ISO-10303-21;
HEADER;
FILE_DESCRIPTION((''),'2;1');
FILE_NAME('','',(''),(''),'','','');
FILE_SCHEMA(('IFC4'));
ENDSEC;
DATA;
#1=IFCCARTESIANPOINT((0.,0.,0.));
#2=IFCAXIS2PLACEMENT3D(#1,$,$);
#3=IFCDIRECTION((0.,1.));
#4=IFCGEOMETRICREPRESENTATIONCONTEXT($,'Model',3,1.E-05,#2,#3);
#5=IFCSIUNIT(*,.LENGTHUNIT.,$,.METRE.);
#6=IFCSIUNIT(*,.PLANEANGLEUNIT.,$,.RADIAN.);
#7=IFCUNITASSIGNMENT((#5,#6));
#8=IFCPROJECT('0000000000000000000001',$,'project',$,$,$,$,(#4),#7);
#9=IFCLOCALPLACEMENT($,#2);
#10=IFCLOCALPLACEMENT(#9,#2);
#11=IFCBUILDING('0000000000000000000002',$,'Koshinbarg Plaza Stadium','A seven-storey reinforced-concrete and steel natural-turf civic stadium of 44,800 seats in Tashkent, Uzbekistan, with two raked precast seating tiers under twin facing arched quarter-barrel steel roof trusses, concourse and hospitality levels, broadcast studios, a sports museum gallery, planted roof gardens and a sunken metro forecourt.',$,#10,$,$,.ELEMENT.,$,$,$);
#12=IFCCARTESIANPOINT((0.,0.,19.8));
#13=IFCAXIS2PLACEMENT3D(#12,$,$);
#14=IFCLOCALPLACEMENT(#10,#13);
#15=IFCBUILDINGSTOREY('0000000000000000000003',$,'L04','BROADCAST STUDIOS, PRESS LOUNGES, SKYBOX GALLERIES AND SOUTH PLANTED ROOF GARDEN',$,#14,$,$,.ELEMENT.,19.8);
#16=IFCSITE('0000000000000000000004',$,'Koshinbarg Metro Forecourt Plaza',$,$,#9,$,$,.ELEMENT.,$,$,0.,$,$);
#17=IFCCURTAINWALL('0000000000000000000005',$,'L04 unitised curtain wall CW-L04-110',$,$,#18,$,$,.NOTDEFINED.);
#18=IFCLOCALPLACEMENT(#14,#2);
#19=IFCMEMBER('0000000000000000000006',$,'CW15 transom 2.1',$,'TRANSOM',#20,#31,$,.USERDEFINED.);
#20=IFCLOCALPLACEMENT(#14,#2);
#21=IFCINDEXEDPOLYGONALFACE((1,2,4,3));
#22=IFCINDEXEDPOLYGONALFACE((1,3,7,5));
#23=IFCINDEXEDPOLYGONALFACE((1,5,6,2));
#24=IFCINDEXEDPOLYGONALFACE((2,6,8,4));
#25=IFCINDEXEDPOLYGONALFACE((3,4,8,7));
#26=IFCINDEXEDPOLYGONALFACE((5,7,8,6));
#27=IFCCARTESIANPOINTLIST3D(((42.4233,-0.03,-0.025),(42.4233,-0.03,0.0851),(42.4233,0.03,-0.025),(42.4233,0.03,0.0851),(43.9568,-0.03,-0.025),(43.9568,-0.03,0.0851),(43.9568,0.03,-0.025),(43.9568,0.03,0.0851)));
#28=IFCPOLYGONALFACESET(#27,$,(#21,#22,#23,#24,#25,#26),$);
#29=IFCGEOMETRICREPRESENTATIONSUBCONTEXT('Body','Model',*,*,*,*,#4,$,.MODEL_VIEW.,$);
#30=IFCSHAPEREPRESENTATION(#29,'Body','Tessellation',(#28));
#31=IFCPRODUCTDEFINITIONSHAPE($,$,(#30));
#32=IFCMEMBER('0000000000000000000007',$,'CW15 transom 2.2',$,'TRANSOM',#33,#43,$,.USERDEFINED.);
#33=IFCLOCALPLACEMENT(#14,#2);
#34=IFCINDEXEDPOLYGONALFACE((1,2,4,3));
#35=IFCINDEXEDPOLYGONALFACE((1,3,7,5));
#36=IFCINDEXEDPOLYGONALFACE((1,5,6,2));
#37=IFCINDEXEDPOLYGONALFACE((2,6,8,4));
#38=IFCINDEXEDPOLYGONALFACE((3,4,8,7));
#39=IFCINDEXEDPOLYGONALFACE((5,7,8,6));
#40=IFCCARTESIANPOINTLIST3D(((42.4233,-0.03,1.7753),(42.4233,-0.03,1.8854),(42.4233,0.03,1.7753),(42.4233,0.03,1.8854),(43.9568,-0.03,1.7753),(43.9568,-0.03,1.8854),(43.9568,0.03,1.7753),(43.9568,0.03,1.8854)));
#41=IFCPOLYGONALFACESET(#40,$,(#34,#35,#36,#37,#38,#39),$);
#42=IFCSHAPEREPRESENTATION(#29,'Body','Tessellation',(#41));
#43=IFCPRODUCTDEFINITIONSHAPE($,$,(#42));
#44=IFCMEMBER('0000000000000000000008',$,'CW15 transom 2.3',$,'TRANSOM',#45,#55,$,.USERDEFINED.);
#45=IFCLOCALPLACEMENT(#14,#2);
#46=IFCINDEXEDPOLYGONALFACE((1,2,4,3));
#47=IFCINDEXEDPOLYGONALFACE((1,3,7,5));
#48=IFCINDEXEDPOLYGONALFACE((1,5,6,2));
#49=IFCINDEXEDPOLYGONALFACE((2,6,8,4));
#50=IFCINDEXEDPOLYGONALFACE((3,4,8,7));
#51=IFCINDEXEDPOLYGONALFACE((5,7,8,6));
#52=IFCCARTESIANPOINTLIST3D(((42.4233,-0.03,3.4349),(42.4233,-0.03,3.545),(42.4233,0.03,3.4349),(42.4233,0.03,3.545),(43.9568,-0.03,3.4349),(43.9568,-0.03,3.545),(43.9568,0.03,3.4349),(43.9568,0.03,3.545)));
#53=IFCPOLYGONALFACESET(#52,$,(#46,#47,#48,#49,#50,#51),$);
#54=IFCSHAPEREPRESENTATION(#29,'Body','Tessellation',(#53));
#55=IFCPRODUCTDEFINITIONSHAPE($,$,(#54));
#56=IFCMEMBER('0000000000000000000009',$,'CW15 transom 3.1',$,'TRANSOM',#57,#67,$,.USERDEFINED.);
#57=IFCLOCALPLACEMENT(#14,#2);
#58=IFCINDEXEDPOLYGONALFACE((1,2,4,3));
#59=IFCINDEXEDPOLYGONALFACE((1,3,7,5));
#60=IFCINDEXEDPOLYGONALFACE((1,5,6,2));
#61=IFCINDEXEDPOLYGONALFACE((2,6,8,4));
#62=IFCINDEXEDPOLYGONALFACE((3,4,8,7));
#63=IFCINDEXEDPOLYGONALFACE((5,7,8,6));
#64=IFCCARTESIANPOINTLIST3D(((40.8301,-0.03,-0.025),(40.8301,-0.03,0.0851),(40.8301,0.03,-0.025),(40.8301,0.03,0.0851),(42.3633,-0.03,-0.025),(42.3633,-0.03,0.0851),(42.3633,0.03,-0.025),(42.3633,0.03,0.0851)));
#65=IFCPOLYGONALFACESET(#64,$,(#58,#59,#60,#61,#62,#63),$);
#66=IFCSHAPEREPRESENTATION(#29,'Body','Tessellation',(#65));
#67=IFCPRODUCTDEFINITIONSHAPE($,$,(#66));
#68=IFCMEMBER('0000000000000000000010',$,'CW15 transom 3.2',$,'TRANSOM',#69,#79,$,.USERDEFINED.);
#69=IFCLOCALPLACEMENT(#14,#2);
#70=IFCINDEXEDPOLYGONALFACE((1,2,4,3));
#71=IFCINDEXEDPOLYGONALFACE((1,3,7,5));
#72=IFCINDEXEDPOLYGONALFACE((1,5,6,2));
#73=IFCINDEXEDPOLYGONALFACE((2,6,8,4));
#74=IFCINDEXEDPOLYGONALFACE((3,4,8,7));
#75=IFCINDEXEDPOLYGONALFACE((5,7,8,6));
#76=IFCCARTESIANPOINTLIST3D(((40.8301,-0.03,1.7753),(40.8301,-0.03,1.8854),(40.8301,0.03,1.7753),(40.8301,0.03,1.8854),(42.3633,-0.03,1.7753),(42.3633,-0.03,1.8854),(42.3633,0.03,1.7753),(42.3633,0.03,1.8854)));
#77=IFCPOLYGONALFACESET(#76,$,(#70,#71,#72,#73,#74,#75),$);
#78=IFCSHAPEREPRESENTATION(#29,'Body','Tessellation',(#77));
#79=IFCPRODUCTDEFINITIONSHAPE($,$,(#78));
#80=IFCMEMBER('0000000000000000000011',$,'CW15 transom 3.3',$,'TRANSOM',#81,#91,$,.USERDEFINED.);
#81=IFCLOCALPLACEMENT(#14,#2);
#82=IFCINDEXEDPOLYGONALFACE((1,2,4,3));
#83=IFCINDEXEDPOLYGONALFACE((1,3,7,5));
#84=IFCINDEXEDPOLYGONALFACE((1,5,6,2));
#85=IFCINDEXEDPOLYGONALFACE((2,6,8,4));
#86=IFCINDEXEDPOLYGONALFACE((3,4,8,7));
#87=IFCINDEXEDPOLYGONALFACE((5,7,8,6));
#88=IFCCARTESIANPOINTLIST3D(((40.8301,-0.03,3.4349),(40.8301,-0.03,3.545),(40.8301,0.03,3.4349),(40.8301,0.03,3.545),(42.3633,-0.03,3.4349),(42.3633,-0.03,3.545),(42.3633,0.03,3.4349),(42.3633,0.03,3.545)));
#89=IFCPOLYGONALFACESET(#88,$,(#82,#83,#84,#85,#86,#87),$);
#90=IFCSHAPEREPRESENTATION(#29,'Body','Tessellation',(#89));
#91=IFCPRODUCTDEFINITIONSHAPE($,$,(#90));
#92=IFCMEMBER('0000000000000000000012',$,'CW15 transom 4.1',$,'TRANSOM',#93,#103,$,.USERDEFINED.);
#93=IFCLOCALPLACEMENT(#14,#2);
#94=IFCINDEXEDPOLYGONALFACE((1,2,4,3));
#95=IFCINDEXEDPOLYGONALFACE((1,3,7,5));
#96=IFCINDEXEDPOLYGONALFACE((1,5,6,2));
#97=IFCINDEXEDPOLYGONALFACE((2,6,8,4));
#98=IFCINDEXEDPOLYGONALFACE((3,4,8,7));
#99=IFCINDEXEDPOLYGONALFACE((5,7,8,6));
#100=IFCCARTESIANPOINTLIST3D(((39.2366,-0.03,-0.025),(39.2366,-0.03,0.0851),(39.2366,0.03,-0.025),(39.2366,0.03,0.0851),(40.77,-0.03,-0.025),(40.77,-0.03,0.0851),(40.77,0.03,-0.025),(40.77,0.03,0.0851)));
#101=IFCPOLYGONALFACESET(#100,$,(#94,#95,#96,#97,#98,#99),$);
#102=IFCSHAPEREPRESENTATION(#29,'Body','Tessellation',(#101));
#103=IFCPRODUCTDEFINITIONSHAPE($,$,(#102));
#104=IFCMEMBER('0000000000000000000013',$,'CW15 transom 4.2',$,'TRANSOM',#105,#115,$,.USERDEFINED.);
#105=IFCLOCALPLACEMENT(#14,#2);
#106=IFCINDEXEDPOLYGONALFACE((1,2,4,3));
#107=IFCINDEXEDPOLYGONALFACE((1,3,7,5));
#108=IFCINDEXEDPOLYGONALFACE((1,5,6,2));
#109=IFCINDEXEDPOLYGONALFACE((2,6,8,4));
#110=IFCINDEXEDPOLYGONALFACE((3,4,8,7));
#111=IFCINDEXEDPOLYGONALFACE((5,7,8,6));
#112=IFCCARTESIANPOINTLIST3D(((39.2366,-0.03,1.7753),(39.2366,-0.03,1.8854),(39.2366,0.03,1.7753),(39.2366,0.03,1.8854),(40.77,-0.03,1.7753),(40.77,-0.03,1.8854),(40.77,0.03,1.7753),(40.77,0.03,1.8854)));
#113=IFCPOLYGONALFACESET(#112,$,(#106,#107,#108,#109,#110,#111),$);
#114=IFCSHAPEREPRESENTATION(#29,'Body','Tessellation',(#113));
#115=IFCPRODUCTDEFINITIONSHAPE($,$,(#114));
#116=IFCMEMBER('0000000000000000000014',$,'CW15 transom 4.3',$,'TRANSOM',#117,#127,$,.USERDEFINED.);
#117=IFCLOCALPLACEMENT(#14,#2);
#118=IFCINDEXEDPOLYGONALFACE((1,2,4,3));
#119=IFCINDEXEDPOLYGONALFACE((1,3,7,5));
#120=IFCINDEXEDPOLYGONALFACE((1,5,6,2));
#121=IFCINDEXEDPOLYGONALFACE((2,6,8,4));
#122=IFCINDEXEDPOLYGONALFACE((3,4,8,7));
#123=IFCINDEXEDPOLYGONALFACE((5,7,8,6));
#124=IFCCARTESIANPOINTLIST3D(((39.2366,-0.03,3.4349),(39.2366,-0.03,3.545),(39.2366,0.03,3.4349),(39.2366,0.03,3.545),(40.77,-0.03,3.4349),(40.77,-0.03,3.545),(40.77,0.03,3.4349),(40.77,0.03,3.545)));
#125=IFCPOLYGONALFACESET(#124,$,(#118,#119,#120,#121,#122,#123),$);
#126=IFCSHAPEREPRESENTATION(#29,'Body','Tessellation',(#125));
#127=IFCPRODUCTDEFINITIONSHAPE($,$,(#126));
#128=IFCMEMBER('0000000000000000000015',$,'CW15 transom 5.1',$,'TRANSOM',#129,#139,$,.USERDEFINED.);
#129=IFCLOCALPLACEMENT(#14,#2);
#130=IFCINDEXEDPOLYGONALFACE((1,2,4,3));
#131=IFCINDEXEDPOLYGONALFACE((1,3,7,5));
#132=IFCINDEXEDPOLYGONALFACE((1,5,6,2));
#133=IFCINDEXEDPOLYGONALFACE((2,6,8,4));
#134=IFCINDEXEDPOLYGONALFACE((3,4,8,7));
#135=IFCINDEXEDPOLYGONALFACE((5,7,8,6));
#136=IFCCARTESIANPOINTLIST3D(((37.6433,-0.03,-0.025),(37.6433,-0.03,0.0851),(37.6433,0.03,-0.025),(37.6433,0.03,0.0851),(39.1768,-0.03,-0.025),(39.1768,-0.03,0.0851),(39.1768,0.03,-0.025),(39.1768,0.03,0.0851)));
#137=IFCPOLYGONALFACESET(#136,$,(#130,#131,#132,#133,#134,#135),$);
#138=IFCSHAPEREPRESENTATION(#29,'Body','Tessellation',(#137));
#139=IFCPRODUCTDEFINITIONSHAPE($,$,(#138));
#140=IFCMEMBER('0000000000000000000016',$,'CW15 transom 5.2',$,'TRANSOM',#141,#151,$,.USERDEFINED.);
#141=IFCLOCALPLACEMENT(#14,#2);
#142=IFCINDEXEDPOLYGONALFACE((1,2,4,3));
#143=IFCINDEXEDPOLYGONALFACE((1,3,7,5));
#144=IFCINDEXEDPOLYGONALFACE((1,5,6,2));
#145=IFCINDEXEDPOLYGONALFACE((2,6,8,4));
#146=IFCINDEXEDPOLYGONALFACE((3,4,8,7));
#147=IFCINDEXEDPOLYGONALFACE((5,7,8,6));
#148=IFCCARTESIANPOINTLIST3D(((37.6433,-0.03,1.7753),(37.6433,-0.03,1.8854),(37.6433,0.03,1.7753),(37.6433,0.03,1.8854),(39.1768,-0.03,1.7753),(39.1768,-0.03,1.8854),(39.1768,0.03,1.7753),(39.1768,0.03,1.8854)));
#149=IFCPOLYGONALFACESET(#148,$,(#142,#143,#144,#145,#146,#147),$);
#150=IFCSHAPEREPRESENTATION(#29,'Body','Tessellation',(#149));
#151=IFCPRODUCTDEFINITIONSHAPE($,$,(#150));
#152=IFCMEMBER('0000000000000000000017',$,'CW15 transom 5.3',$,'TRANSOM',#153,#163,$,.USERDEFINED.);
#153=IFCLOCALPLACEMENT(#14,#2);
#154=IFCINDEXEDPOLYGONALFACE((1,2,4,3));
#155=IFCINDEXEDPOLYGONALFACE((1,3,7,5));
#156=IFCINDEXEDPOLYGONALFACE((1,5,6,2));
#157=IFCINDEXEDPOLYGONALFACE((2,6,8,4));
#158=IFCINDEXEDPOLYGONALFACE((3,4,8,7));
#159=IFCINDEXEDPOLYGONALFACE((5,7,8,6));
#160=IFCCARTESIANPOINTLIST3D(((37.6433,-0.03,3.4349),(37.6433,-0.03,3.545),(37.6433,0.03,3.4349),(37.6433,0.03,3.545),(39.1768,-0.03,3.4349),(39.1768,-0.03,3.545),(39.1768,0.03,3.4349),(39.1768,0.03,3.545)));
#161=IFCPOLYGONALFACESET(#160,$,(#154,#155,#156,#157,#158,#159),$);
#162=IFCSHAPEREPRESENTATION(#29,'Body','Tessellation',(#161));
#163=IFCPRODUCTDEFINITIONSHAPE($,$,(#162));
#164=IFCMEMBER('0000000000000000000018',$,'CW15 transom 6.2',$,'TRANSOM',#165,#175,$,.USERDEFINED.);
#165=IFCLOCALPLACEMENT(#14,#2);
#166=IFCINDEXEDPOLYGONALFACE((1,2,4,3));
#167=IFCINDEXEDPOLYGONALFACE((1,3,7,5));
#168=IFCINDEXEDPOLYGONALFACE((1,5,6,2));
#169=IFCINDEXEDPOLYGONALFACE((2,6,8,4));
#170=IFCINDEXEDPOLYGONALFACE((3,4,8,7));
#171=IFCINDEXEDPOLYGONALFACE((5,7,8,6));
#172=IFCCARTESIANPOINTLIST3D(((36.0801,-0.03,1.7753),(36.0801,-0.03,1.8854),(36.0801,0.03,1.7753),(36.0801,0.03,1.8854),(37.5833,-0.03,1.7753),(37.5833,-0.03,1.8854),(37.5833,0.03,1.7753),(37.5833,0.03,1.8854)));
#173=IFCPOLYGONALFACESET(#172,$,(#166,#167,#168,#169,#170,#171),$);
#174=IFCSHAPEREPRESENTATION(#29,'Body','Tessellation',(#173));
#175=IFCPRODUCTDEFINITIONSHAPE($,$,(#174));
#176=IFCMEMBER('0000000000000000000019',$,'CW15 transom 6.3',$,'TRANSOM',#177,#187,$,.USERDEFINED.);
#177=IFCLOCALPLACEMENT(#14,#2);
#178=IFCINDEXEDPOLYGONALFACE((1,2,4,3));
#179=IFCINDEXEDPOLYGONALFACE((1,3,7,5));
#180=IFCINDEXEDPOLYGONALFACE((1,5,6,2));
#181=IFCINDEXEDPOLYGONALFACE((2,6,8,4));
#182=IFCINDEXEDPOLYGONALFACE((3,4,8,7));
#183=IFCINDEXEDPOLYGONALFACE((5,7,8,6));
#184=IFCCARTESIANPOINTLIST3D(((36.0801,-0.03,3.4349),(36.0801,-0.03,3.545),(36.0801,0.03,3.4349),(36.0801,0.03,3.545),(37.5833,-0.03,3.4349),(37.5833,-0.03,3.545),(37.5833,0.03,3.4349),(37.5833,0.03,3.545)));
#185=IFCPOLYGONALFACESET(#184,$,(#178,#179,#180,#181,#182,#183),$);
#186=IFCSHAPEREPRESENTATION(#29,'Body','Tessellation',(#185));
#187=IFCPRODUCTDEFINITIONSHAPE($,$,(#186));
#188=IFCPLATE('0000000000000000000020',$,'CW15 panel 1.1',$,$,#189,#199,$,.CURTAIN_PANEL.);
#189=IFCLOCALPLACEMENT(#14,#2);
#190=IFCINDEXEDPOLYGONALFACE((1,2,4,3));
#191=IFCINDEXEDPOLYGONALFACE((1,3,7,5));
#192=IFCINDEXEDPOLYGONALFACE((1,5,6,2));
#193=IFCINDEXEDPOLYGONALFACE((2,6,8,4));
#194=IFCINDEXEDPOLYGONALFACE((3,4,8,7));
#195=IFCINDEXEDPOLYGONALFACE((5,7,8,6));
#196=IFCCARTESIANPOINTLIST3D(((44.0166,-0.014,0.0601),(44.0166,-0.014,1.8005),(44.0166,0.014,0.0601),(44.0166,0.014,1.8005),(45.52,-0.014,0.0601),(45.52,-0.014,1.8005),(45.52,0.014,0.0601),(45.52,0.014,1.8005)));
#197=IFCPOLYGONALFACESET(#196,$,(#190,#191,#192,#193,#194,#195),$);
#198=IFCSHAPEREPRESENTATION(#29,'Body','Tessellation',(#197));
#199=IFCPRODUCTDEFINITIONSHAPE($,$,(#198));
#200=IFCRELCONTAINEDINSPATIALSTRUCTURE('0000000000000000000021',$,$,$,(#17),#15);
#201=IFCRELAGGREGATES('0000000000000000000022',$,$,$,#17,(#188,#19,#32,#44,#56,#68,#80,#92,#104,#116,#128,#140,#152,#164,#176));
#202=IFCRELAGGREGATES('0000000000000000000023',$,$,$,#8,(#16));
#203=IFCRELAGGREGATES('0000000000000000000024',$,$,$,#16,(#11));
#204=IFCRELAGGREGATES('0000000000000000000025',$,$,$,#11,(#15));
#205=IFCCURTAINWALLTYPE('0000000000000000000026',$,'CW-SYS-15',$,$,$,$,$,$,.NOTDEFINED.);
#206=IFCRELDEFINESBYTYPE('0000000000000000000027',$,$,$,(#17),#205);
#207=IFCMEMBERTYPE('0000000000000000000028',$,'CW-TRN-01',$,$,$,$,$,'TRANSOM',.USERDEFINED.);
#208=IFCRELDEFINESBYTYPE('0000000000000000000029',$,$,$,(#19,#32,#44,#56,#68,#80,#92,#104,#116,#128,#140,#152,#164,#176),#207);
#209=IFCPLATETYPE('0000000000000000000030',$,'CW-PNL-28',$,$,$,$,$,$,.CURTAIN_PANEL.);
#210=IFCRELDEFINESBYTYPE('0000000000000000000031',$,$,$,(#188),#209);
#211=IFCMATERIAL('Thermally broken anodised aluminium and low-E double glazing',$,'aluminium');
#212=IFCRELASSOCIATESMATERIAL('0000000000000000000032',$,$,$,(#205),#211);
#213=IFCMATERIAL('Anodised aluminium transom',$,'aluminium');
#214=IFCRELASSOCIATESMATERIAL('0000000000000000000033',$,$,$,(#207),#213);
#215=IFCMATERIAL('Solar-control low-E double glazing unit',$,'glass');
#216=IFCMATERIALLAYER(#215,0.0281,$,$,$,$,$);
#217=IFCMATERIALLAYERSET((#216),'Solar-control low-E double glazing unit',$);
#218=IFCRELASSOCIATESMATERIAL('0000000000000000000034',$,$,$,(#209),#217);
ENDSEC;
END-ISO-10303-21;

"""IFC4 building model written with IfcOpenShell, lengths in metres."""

from ifc_helpers import new_model, si_unit, direction, frame, origin, origin_2d, place, context, subcontext, project, spatial, rectangle, extrude, material, layer, layer_set, material_profile, profile_set, type_object, element, aggregate, save


model = new_model("IFC4")

# Units and contexts
model_context = context("Model", 3, precision=1e-05, world=origin(), true_north=direction((0.0, 1.0)))
body_context = subcontext(model_context, "Body", "Model", "MODEL_VIEW")
ifc_project = project(units=[si_unit("LENGTHUNIT", "METRE"), si_unit("PLANEANGLEUNIT", "RADIAN")], contexts=[model_context])

# Site, building, storey
site_placement = place(None, origin())
site = spatial("IfcSite", under=ifc_project, at=site_placement, Name="Koshinbarg Metro Forecourt Plaza", CompositionType="ELEMENT", RefElevation=0.0)
building_placement = place(site_placement, origin())
building = spatial("IfcBuilding", under=site, at=building_placement, Name="Koshinbarg Plaza Stadium", Description="A seven-storey reinforced-concrete and steel natural-turf civic stadium of 44,800 seats in Tashkent, Uzbekistan, with two raked precast seating tiers under twin facing arched quarter-barrel steel roof trusses, concourse and hospitality levels, broadcast studios, a sports museum gallery, planted roof gardens and a sunken metro forecourt.", CompositionType="ELEMENT")
storey_placement = place(building_placement, frame((0.0, 0.0, 19.8)))
storey = spatial("IfcBuildingStorey", under=building, at=storey_placement, Name="L04", Description="BROADCAST STUDIOS, PRESS LOUNGES, SKYBOX GALLERIES AND SOUTH PLANTED ROOF GARDEN", CompositionType="ELEMENT", Elevation=19.8)

# Curtain wall, members, plate
ifc_material_1 = material(Name="Thermally broken anodised aluminium and low-E double glazing", Category="aluminium")
curtain_wall_type = type_object("IfcCurtainWallType", Name="CW-SYS-15", PredefinedType="NOTDEFINED", material=ifc_material_1)
curtain_wall_placement = place(storey_placement, origin())
curtain_wall = element("IfcCurtainWall", 1, at=curtain_wall_placement, inside=storey, type_object=curtain_wall_type, Name="L04 unitised curtain wall CW-L04-110", PredefinedType="NOTDEFINED")
ifc_material_2 = material(Name="Anodised aluminium transom", Category="aluminium")
ifc_material_profile_1 = material_profile(ifc_material_2, rectangle(XDim=0.0601, YDim=0.1101, at=origin_2d()), Name="ALU 60x110")
ifc_profile_set_1 = profile_set([ifc_material_profile_1], Name="Anodised aluminium transom")
member_type_1 = type_object("IfcMemberType", Name="CW-TRN-01", ElementType="TRANSOM", PredefinedType="USERDEFINED", material=ifc_profile_set_1)
member_1_placement = place(storey_placement, frame((43.9568, 0.0, 0.03), z_axis=(-1.0, 0.0, 0.0), x_axis=(0.0, -1.0, 0.0)))
member_1 = element("IfcMember", 2, at=member_1_placement, type_object=member_type_1, Name="CW15 transom 2.1", ObjectType="TRANSOM", PredefinedType="USERDEFINED", context=body_context, shape_type="SweptSolid", body=[
    extrude(rectangle(XDim=0.0601, YDim=0.1101, at=origin_2d()), origin(), (0.0, 0.0, 1.0), 1.5334),
])
member_2_placement = place(storey_placement, frame((43.9568, 0.0, 1.8303), z_axis=(-1.0, 0.0, 0.0), x_axis=(0.0, -1.0, 0.0)))
member_2 = element("IfcMember", 3, at=member_2_placement, type_object=member_type_1, Name="CW15 transom 2.2", ObjectType="TRANSOM", PredefinedType="USERDEFINED", context=body_context, shape_type="SweptSolid", body=[
    extrude(rectangle(XDim=0.0601, YDim=0.1101, at=origin_2d()), origin(), (0.0, 0.0, 1.0), 1.5334),
])
member_3_placement = place(storey_placement, frame((43.9568, 0.0, 3.49), z_axis=(-1.0, 0.0, 0.0), x_axis=(0.0, -1.0, 0.0)))
member_3 = element("IfcMember", 4, at=member_3_placement, type_object=member_type_1, Name="CW15 transom 2.3", ObjectType="TRANSOM", PredefinedType="USERDEFINED", context=body_context, shape_type="SweptSolid", body=[
    extrude(rectangle(XDim=0.0601, YDim=0.1101, at=origin_2d()), origin(), (0.0, 0.0, 1.0), 1.5334),
])
member_4_placement = place(storey_placement, frame((42.3633, 0.0, 0.03), z_axis=(-1.0, 0.0, 0.0), x_axis=(0.0, -1.0, 0.0)))
member_4 = element("IfcMember", 5, at=member_4_placement, type_object=member_type_1, Name="CW15 transom 3.1", ObjectType="TRANSOM", PredefinedType="USERDEFINED", context=body_context, shape_type="SweptSolid", body=[
    extrude(rectangle(XDim=0.0601, YDim=0.1101, at=origin_2d()), origin(), (0.0, 0.0, 1.0), 1.5332),
])
member_5_placement = place(storey_placement, frame((42.3633, 0.0, 1.8303), z_axis=(-1.0, 0.0, 0.0), x_axis=(0.0, -1.0, 0.0)))
member_5 = element("IfcMember", 6, at=member_5_placement, type_object=member_type_1, Name="CW15 transom 3.2", ObjectType="TRANSOM", PredefinedType="USERDEFINED", context=body_context, shape_type="SweptSolid", body=[
    extrude(rectangle(XDim=0.0601, YDim=0.1101, at=origin_2d()), origin(), (0.0, 0.0, 1.0), 1.5332),
])
member_6_placement = place(storey_placement, frame((42.3633, 0.0, 3.49), z_axis=(-1.0, 0.0, 0.0), x_axis=(0.0, -1.0, 0.0)))
member_6 = element("IfcMember", 7, at=member_6_placement, type_object=member_type_1, Name="CW15 transom 3.3", ObjectType="TRANSOM", PredefinedType="USERDEFINED", context=body_context, shape_type="SweptSolid", body=[
    extrude(rectangle(XDim=0.0601, YDim=0.1101, at=origin_2d()), origin(), (0.0, 0.0, 1.0), 1.5332),
])
member_7_placement = place(storey_placement, frame((40.77, 0.0, 0.03), z_axis=(-1.0, 0.0, 0.0), x_axis=(0.0, -1.0, 0.0)))
member_7 = element("IfcMember", 8, at=member_7_placement, type_object=member_type_1, Name="CW15 transom 4.1", ObjectType="TRANSOM", PredefinedType="USERDEFINED", context=body_context, shape_type="SweptSolid", body=[
    extrude(rectangle(XDim=0.0601, YDim=0.1101, at=origin_2d()), origin(), (0.0, 0.0, 1.0), 1.5334),
])
member_8_placement = place(storey_placement, frame((40.77, 0.0, 1.8303), z_axis=(-1.0, 0.0, 0.0), x_axis=(0.0, -1.0, 0.0)))
member_8 = element("IfcMember", 9, at=member_8_placement, type_object=member_type_1, Name="CW15 transom 4.2", ObjectType="TRANSOM", PredefinedType="USERDEFINED", context=body_context, shape_type="SweptSolid", body=[
    extrude(rectangle(XDim=0.0601, YDim=0.1101, at=origin_2d()), origin(), (0.0, 0.0, 1.0), 1.5334),
])
member_9_placement = place(storey_placement, frame((40.77, 0.0, 3.49), z_axis=(-1.0, 0.0, 0.0), x_axis=(0.0, -1.0, 0.0)))
member_9 = element("IfcMember", 10, at=member_9_placement, type_object=member_type_1, Name="CW15 transom 4.3", ObjectType="TRANSOM", PredefinedType="USERDEFINED", context=body_context, shape_type="SweptSolid", body=[
    extrude(rectangle(XDim=0.0601, YDim=0.1101, at=origin_2d()), origin(), (0.0, 0.0, 1.0), 1.5334),
])
member_10_placement = place(storey_placement, frame((39.1768, 0.0, 0.03), z_axis=(-1.0, 0.0, 0.0), x_axis=(0.0, -1.0, 0.0)))
member_10 = element("IfcMember", 11, at=member_10_placement, type_object=member_type_1, Name="CW15 transom 5.1", ObjectType="TRANSOM", PredefinedType="USERDEFINED", context=body_context, shape_type="SweptSolid", body=[
    extrude(rectangle(XDim=0.0601, YDim=0.1101, at=origin_2d()), origin(), (0.0, 0.0, 1.0), 1.5334),
])
member_11_placement = place(storey_placement, frame((39.1768, 0.0, 1.8303), z_axis=(-1.0, 0.0, 0.0), x_axis=(0.0, -1.0, 0.0)))
member_11 = element("IfcMember", 12, at=member_11_placement, type_object=member_type_1, Name="CW15 transom 5.2", ObjectType="TRANSOM", PredefinedType="USERDEFINED", context=body_context, shape_type="SweptSolid", body=[
    extrude(rectangle(XDim=0.0601, YDim=0.1101, at=origin_2d()), origin(), (0.0, 0.0, 1.0), 1.5334),
])
member_12_placement = place(storey_placement, frame((39.1768, 0.0, 3.49), z_axis=(-1.0, 0.0, 0.0), x_axis=(0.0, -1.0, 0.0)))
member_12 = element("IfcMember", 13, at=member_12_placement, type_object=member_type_1, Name="CW15 transom 5.3", ObjectType="TRANSOM", PredefinedType="USERDEFINED", context=body_context, shape_type="SweptSolid", body=[
    extrude(rectangle(XDim=0.0601, YDim=0.1101, at=origin_2d()), origin(), (0.0, 0.0, 1.0), 1.5334),
])
member_13_placement = place(storey_placement, frame((37.5833, 0.0, 1.8303), z_axis=(-1.0, 0.0, 0.0), x_axis=(0.0, -1.0, 0.0)))
member_13 = element("IfcMember", 14, at=member_13_placement, type_object=member_type_1, Name="CW15 transom 6.2", ObjectType="TRANSOM", PredefinedType="USERDEFINED", context=body_context, shape_type="SweptSolid", body=[
    extrude(rectangle(XDim=0.0601, YDim=0.1101, at=origin_2d()), origin(), (0.0, 0.0, 1.0), 1.5032),
])
member_14_placement = place(storey_placement, frame((37.5833, 0.0, 3.49), z_axis=(-1.0, 0.0, 0.0), x_axis=(0.0, -1.0, 0.0)))
member_14 = element("IfcMember", 15, at=member_14_placement, type_object=member_type_1, Name="CW15 transom 6.3", ObjectType="TRANSOM", PredefinedType="USERDEFINED", context=body_context, shape_type="SweptSolid", body=[
    extrude(rectangle(XDim=0.0601, YDim=0.1101, at=origin_2d()), origin(), (0.0, 0.0, 1.0), 1.5032),
])
ifc_material_3 = material(Name="Solar-control low-E double glazing unit", Category="glass")
ifc_layer_1 = layer(ifc_material_3, 0.0281)
ifc_layer_set_1 = layer_set([ifc_layer_1], Name="Solar-control low-E double glazing unit")
plate_type = type_object("IfcPlateType", Name="CW-PNL-28", PredefinedType="CURTAIN_PANEL", material=ifc_layer_set_1)
plate_1_placement = place(storey_placement, frame((44.7683, 0.0, 0.0601), z_axis=(0.0, 0.0, 1.0), x_axis=(-1.0, 0.0, 0.0)))
plate_1 = element("IfcPlate", 16, at=plate_1_placement, type_object=plate_type, Name="CW15 panel 1.1", PredefinedType="CURTAIN_PANEL", context=body_context, shape_type="SweptSolid", body=[
    extrude(rectangle(XDim=1.5034, YDim=0.0281, at=origin_2d()), origin(), (0.0, 0.0, 1.0), 1.7405),
])
aggregate(curtain_wall, [plate_1, member_1, member_2, member_3, member_4, member_5, member_6, member_7, member_8, member_9, member_10, member_11, member_12, member_13, member_14])

save(model, "model.ifc")
